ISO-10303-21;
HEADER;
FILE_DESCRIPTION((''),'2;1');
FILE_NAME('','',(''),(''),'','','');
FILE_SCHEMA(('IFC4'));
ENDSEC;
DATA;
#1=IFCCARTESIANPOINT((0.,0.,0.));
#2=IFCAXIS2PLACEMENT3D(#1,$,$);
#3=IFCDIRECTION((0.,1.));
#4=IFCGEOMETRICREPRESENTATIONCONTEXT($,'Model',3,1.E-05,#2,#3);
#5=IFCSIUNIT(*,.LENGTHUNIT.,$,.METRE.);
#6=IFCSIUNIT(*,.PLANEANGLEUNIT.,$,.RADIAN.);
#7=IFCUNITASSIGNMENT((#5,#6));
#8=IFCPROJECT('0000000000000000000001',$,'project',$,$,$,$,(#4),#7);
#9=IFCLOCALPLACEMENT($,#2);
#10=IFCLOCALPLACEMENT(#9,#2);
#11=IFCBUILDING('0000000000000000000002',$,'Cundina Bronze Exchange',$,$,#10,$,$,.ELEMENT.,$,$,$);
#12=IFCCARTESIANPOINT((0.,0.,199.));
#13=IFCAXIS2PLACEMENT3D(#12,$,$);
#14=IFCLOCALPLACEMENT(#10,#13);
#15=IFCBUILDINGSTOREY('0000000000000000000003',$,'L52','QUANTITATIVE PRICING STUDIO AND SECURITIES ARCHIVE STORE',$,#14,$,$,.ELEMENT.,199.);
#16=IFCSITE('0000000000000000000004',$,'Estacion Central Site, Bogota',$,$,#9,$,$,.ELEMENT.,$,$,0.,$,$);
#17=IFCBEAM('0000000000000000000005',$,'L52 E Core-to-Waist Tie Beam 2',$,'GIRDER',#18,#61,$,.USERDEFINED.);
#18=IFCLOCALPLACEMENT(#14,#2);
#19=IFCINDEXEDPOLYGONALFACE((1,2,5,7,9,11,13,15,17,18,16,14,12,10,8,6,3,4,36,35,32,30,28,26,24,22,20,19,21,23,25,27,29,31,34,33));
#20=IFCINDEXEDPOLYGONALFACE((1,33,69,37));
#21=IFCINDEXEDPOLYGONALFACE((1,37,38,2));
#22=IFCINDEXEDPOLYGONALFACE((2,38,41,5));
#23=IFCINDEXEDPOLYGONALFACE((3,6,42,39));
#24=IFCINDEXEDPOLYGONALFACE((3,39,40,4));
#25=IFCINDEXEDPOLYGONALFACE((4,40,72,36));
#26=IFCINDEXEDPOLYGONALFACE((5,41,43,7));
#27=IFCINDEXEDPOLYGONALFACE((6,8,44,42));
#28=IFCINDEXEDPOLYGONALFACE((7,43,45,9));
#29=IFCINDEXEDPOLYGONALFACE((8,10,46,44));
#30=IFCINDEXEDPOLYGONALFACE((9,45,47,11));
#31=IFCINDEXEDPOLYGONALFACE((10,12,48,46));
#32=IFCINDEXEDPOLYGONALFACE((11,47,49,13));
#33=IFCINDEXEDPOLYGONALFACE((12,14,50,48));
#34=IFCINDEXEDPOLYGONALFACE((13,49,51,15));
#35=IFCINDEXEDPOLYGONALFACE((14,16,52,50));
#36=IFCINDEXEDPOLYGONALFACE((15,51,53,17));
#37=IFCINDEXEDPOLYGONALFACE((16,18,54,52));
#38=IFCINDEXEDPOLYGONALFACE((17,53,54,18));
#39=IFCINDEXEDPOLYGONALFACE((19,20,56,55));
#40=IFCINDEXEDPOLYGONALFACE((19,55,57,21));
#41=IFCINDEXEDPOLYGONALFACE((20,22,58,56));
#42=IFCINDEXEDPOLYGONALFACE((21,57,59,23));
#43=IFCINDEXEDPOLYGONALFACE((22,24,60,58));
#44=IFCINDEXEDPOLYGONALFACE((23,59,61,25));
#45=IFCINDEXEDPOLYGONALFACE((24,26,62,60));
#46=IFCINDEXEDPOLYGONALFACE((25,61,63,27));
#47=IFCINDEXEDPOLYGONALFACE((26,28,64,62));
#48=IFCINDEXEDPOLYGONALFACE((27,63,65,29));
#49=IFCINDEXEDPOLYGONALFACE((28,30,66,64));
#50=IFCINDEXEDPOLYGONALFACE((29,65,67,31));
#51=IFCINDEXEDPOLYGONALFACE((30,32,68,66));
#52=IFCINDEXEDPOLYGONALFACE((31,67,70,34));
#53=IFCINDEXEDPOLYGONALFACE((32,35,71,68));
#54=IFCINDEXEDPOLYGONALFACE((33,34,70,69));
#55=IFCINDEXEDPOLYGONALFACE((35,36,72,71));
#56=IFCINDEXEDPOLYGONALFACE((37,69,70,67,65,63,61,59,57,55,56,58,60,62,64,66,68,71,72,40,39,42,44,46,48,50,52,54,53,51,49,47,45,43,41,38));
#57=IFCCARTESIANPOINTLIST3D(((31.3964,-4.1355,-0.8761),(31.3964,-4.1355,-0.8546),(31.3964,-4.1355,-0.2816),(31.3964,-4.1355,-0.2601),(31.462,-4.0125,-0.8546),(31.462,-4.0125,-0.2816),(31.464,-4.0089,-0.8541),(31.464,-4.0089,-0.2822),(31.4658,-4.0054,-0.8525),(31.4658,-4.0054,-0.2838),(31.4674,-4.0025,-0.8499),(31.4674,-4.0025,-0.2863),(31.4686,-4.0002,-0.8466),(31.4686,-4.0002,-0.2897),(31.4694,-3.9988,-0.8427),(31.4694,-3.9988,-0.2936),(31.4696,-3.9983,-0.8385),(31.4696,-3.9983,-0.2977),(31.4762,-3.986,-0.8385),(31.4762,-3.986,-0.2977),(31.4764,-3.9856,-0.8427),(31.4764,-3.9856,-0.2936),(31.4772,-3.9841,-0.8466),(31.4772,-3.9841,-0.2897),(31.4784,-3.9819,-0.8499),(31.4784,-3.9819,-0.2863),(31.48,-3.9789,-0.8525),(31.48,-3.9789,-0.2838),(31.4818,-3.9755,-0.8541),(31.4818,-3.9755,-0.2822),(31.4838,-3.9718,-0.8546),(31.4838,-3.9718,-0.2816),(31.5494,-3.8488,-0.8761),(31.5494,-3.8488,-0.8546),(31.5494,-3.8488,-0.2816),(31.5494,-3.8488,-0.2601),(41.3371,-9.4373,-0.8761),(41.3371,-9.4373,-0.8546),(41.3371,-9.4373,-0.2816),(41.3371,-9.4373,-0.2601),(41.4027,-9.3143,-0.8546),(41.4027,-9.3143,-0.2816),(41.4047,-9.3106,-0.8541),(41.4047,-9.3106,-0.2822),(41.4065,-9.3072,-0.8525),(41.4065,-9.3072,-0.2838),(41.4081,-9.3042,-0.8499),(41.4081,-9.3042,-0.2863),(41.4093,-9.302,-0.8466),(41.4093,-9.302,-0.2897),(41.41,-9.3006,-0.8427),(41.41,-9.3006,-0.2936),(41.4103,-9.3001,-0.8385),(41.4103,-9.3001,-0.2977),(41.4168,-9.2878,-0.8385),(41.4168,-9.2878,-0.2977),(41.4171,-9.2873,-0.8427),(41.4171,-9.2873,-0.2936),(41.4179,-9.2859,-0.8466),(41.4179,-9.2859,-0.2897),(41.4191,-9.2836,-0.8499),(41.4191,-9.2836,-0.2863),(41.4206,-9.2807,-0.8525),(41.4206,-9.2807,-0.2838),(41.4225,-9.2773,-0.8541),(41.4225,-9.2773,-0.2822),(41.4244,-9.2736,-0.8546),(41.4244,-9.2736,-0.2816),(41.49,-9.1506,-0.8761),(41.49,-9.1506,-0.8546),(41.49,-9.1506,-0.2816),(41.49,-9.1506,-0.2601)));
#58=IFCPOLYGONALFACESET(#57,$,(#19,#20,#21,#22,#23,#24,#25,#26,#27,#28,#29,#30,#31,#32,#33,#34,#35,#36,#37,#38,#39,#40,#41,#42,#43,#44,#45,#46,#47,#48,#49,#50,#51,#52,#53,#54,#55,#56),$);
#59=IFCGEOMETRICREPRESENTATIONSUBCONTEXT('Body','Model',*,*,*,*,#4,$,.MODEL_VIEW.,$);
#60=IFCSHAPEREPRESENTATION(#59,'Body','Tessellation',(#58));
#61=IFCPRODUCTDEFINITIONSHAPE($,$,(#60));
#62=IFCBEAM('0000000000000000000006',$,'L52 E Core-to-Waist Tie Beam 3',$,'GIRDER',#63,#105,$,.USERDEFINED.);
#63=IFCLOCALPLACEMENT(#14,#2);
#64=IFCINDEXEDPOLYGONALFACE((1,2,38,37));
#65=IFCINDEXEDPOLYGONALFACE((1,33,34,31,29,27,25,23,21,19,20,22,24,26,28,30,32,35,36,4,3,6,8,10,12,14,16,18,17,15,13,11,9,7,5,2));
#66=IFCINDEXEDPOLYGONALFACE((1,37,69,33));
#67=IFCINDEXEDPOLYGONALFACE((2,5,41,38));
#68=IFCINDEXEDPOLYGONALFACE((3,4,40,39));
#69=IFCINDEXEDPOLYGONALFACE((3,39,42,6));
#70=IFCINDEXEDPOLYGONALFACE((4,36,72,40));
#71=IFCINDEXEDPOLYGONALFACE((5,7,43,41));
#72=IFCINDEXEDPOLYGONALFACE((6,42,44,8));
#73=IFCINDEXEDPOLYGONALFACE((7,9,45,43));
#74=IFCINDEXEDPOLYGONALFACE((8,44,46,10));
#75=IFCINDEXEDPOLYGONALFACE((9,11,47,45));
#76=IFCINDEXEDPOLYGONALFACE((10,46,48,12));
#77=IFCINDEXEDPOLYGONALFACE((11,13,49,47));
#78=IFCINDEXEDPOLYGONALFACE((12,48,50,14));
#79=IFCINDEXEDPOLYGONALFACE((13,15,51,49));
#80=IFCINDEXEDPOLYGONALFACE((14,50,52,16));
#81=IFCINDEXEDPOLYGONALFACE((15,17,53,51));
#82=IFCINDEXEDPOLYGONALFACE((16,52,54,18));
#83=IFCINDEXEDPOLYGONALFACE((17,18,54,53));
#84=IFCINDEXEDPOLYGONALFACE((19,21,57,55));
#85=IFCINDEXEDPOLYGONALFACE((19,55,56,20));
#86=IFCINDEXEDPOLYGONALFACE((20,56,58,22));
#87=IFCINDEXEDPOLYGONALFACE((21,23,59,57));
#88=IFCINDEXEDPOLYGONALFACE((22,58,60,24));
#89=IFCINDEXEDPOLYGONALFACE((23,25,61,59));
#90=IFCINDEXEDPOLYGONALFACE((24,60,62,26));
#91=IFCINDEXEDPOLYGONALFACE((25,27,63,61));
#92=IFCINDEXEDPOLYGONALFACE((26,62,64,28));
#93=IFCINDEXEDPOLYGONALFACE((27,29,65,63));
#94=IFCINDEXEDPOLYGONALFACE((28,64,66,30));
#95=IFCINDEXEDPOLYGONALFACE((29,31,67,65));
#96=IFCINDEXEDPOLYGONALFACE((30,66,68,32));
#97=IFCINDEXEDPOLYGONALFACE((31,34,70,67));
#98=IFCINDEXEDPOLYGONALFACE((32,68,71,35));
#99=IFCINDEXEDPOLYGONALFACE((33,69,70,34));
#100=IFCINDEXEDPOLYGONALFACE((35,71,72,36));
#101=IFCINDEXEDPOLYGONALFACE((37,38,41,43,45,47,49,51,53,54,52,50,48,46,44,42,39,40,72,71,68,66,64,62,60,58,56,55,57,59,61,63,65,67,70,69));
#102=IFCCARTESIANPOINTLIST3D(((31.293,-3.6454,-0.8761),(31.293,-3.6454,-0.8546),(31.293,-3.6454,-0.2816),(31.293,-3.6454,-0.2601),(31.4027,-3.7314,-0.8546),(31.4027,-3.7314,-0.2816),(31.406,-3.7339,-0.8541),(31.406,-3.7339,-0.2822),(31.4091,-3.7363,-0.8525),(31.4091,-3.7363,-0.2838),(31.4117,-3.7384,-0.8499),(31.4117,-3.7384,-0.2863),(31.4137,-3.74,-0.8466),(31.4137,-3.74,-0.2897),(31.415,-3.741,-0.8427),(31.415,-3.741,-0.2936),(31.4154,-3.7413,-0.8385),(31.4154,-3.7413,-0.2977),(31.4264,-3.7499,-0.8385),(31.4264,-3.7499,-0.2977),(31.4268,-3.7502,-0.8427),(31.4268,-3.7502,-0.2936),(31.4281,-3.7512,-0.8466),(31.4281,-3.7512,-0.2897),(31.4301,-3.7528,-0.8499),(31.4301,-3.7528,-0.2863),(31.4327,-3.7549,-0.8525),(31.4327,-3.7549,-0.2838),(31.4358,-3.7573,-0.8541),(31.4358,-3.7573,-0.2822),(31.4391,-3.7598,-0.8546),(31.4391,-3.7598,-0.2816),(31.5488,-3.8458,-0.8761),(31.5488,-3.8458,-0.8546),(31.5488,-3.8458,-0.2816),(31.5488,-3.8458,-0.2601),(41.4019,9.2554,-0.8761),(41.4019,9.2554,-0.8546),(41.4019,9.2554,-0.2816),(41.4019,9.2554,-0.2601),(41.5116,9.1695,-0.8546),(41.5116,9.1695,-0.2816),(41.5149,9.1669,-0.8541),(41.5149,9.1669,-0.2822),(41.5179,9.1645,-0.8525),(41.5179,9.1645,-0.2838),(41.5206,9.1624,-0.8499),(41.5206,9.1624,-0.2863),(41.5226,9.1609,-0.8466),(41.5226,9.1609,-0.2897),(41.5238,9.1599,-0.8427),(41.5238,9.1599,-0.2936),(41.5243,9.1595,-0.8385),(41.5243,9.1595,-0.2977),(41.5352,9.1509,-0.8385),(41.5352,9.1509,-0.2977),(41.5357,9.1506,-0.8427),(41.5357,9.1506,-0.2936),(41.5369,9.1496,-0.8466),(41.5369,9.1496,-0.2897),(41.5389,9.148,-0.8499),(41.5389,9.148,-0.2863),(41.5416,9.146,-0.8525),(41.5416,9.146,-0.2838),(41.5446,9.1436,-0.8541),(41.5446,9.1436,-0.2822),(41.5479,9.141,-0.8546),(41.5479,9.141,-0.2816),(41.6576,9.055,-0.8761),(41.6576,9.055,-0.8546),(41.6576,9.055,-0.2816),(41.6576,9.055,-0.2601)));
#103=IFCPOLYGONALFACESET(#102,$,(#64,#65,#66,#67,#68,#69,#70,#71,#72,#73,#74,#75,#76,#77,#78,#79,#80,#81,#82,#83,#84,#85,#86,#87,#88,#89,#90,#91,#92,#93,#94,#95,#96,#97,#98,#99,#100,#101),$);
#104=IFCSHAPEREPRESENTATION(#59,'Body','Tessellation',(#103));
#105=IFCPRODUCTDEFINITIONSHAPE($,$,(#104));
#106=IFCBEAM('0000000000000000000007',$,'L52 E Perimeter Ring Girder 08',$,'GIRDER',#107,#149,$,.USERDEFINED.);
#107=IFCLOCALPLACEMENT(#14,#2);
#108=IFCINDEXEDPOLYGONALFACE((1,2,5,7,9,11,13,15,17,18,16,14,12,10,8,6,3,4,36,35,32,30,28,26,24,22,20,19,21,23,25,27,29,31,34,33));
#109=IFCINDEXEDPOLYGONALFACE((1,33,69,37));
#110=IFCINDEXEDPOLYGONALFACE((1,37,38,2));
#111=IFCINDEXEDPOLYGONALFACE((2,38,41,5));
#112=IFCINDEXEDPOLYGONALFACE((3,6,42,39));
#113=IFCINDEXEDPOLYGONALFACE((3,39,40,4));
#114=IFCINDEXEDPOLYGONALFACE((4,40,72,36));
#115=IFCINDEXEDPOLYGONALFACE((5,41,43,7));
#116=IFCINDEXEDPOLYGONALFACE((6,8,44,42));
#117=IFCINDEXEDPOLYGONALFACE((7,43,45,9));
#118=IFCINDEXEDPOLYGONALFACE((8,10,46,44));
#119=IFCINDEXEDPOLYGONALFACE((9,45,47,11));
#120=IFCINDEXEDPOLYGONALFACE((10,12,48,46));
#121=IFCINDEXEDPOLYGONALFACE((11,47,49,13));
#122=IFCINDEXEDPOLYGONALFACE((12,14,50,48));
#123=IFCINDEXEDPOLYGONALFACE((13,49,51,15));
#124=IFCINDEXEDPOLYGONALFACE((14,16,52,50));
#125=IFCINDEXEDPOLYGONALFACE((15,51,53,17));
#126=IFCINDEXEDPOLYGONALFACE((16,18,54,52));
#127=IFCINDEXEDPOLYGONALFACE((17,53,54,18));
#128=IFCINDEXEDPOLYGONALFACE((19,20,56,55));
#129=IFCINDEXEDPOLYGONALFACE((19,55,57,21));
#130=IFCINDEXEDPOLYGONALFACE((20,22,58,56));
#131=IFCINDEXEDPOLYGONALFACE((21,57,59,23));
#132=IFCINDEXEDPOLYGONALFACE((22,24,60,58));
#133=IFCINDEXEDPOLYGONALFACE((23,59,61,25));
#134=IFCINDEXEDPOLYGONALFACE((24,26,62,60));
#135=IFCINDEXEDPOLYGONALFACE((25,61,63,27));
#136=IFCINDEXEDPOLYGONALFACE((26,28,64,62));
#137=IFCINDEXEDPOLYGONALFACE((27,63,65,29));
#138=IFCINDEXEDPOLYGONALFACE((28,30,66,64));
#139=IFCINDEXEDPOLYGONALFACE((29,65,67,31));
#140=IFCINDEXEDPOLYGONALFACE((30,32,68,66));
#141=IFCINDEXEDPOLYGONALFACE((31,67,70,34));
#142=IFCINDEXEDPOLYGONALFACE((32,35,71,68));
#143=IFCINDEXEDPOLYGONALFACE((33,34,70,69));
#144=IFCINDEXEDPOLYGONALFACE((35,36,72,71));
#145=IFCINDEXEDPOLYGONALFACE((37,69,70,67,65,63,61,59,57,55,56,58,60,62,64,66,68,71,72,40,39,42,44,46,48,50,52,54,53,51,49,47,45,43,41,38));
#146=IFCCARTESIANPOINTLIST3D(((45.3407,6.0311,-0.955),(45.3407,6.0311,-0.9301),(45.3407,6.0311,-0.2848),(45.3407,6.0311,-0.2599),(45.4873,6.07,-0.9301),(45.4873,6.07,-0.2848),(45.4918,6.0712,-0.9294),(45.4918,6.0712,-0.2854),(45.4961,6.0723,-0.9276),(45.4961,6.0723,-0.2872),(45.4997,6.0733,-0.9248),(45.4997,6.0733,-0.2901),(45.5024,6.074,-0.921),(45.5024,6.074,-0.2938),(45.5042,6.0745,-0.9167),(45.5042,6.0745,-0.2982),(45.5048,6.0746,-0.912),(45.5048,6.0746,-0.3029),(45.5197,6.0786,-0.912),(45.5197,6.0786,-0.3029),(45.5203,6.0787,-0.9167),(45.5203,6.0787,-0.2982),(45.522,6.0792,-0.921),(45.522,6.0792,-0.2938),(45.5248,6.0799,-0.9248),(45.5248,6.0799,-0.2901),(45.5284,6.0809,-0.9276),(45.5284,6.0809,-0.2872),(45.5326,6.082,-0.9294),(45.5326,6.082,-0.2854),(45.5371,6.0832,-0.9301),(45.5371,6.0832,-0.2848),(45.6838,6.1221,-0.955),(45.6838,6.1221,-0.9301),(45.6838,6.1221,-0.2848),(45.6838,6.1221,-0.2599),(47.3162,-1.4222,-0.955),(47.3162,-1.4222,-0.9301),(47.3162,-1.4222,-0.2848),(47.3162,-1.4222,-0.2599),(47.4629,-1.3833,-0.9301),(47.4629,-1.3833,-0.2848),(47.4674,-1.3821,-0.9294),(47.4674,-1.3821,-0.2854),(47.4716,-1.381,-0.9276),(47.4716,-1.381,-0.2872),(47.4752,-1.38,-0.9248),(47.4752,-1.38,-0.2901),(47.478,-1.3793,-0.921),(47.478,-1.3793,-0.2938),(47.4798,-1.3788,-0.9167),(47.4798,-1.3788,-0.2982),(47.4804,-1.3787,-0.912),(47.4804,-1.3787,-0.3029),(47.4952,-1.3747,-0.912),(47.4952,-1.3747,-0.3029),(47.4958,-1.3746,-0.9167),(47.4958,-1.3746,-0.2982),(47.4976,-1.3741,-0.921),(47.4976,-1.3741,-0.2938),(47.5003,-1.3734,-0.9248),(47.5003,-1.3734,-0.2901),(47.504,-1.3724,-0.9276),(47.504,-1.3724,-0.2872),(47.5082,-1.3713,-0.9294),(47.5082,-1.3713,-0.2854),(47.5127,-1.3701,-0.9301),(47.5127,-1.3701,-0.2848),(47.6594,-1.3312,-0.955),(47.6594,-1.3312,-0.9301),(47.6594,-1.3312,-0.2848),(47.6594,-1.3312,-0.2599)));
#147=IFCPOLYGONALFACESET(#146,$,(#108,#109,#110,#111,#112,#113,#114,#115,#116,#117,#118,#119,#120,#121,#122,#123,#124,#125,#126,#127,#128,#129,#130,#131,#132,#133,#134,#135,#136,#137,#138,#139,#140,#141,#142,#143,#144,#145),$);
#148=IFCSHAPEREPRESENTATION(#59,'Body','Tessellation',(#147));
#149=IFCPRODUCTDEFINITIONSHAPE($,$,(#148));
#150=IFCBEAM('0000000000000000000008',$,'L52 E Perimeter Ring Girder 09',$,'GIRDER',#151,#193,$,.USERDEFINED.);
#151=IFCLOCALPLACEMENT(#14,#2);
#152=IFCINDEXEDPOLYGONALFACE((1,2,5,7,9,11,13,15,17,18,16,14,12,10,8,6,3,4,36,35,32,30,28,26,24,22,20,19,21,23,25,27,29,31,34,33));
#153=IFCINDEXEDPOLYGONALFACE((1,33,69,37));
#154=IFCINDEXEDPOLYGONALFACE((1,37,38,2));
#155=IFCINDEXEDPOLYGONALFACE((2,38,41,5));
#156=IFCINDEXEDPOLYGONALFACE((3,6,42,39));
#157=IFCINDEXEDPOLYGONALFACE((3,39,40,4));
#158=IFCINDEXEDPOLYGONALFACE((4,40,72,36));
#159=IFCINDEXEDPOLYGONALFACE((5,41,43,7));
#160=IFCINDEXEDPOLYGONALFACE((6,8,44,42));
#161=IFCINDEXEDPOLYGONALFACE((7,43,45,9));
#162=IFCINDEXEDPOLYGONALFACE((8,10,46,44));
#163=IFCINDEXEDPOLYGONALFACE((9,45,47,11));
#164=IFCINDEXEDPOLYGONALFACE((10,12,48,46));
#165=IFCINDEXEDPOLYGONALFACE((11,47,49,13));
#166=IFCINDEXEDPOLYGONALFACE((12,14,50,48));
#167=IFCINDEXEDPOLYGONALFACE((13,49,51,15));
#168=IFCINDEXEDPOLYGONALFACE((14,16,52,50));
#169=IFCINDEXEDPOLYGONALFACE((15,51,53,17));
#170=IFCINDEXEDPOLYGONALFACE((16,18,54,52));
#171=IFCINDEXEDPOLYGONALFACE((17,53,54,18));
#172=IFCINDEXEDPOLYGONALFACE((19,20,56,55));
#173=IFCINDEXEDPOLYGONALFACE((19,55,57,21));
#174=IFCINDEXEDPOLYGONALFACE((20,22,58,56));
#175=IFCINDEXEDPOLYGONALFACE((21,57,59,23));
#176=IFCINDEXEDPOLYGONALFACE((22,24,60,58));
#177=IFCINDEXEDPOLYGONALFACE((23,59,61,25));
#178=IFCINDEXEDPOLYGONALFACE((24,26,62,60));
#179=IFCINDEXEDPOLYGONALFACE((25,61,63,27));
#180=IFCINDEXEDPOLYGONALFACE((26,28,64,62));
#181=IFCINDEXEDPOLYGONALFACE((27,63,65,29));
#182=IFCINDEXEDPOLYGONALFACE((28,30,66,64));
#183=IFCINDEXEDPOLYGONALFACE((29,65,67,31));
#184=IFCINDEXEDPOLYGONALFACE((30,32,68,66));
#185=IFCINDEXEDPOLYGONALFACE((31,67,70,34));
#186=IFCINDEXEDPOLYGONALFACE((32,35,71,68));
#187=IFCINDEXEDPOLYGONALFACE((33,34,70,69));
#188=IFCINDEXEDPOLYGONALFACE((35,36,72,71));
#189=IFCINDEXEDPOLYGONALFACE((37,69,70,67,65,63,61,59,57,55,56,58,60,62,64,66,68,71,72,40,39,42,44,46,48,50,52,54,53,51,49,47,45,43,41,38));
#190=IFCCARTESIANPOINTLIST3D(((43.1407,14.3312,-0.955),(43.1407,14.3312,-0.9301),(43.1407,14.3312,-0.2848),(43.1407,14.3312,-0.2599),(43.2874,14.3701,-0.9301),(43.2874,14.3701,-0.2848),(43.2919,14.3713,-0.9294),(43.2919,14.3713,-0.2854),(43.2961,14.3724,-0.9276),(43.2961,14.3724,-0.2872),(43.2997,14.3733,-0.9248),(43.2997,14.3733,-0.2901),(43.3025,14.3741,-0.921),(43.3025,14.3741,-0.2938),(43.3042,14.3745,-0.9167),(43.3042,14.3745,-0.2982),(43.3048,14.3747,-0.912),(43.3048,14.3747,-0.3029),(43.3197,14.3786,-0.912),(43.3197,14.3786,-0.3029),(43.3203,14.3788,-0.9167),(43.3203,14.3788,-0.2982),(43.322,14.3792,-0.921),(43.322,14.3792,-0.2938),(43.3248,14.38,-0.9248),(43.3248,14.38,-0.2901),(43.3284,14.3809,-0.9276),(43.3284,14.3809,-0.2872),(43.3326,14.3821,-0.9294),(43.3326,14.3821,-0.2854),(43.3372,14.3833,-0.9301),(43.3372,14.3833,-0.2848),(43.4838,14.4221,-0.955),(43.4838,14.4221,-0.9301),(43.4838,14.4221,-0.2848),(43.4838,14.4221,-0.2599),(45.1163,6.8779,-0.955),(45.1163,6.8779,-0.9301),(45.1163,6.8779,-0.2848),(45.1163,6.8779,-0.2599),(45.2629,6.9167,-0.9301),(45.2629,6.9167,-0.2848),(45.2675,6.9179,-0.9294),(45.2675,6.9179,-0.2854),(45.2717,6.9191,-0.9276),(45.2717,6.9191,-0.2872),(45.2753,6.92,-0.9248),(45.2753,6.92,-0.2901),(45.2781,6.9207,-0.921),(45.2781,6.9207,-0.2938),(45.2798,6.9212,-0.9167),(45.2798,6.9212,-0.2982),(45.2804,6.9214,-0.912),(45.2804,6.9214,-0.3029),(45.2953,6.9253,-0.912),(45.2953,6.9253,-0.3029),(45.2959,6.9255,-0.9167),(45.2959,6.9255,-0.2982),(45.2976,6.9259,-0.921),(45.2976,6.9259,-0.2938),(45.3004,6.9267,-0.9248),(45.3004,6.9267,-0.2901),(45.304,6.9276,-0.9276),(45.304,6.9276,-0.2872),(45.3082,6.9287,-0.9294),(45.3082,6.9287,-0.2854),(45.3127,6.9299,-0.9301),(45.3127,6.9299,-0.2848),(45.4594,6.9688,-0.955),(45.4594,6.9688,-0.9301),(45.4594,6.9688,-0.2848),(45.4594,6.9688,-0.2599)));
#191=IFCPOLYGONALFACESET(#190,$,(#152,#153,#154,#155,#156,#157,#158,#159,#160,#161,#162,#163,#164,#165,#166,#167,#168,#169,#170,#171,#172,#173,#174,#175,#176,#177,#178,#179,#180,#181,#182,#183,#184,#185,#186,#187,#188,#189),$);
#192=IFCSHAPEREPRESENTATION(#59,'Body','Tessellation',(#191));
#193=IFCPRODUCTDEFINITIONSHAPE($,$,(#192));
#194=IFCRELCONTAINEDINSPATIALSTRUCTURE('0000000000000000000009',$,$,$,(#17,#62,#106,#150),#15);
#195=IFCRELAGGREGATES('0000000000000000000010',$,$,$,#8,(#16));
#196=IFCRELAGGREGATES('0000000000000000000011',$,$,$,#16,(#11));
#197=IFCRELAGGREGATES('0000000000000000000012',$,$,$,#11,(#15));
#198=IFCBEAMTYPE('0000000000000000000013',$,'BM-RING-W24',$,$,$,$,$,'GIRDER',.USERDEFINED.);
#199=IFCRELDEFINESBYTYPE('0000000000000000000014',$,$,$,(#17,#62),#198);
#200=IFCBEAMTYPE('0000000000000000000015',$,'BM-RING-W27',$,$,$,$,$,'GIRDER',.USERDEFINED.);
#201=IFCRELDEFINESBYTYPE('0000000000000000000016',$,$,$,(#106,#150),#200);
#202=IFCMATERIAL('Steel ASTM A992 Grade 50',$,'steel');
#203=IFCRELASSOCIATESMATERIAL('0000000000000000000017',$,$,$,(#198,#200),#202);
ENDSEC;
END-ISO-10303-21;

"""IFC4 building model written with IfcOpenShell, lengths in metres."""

from ifc_helpers import new_model, si_unit, direction, frame, origin, origin_2d, place, context, subcontext, project, spatial, i_section, extrude, material, material_profile, profile_set, type_object, element, save


model = new_model("IFC4")

# Units and contexts
model_context = context("Model", 3, precision=1e-05, world=origin(), true_north=direction((0.0, 1.0)))
body_context = subcontext(model_context, "Body", "Model", "MODEL_VIEW")
ifc_project = project(units=[si_unit("LENGTHUNIT", "METRE"), si_unit("PLANEANGLEUNIT", "RADIAN")], contexts=[model_context])

# Site, building, storey
site_placement = place(None, origin())
site = spatial("IfcSite", under=ifc_project, at=site_placement, Name="Estacion Central Site, Bogota", CompositionType="ELEMENT", RefElevation=0.0)
building_placement = place(site_placement, origin())
building = spatial("IfcBuilding", under=site, at=building_placement, Name="Cundina Bronze Exchange", CompositionType="ELEMENT")
storey_placement = place(building_placement, frame((0.0, 0.0, 199.0)))
storey = spatial("IfcBuildingStorey", under=building, at=storey_placement, Name="L52", Description="QUANTITATIVE PRICING STUDIO AND SECURITIES ARCHIVE STORE", CompositionType="ELEMENT", Elevation=199.0)

# Shared definitions
ifc_material_1 = material(Name="Steel ASTM A992 Grade 50", Category="steel")

# Beams
ifc_material_profile_1 = material_profile(ifc_material_1, i_section(OverallWidth=0.325, OverallDepth=0.616, WebThickness=0.0139, FlangeThickness=0.0215, FilletRadius=0.0161, at=origin_2d()), Name="W24X117", Category="steel")
ifc_profile_set_1 = profile_set([ifc_material_profile_1], Name="Steel ASTM A992 Grade 50")
beam_type_1 = type_object("IfcBeamType", Name="BM-RING-W24", ElementType="GIRDER", PredefinedType="USERDEFINED", material=ifc_profile_set_1)
beam_1_placement = place(storey_placement, frame((31.4729, -3.9922, -0.5681), z_axis=(0.882351, -0.470593, 0.0), x_axis=(0.470593, 0.882351, 0.0)))
element("IfcBeam", 1, at=beam_1_placement, inside=storey, type_object=beam_type_1, Name="L52 E Core-to-Waist Tie Beam 2", ObjectType="GIRDER", PredefinedType="USERDEFINED", context=body_context, shape_type="SweptSolid", body=[
    extrude(i_section(OverallWidth=0.325, OverallDepth=0.616, WebThickness=0.0139, FlangeThickness=0.0215, FilletRadius=0.0161, at=origin_2d()), origin(), (0.0, 0.0, 1.0), 11.2661),
])
beam_2_placement = place(storey_placement, frame((31.4209, -3.7456, -0.5681), z_axis=(0.616783, 0.787133, 0.0), x_axis=(-0.787133, 0.616783, 0.0)))
element("IfcBeam", 2, at=beam_2_placement, inside=storey, type_object=beam_type_1, Name="L52 E Core-to-Waist Tie Beam 3", ObjectType="GIRDER", PredefinedType="USERDEFINED", context=body_context, shape_type="SweptSolid", body=[
    extrude(i_section(OverallWidth=0.325, OverallDepth=0.616, WebThickness=0.0139, FlangeThickness=0.0215, FilletRadius=0.0161, at=origin_2d()), origin(), (0.0, 0.0, 1.0), 16.3896),
])
ifc_material_profile_2 = material_profile(ifc_material_1, i_section(OverallWidth=0.355, OverallDepth=0.6951, WebThickness=0.0154, FlangeThickness=0.0249, FilletRadius=0.0181, at=origin_2d()), Name="W27X146", Category="steel")
ifc_profile_set_2 = profile_set([ifc_material_profile_2], Name="Steel ASTM A992 Grade 50")
beam_type_2 = type_object("IfcBeamType", Name="BM-RING-W27", ElementType="GIRDER", PredefinedType="USERDEFINED", material=ifc_profile_set_2)
for number, where, z_axis, x_axis, name in (
    (3, (47.4878, -1.3767, -0.6074), (-0.256212, 0.966621, 0.0), (-0.966621, -0.256212, 0.0), "L52 E Perimeter Ring Girder 08"),
    (4, (45.2878, 6.9233, -0.6074), (-0.256212, 0.966621, 0.0), (-0.966621, -0.256212, 0.0), "L52 E Perimeter Ring Girder 09"),
):
    element("IfcBeam", number, at=place(storey_placement, frame(where, z_axis=z_axis, x_axis=x_axis)), inside=storey, type_object=beam_type_2, Name=name, ObjectType="GIRDER", PredefinedType="USERDEFINED", context=body_context, shape_type="SweptSolid", body=[
        extrude(i_section(OverallWidth=0.355, OverallDepth=0.6951, WebThickness=0.0154, FlangeThickness=0.0249, FilletRadius=0.0181, at=origin_2d()), origin(), (0.0, 0.0, 1.0), 7.7107),
    ])

save(model, "model.ifc")
